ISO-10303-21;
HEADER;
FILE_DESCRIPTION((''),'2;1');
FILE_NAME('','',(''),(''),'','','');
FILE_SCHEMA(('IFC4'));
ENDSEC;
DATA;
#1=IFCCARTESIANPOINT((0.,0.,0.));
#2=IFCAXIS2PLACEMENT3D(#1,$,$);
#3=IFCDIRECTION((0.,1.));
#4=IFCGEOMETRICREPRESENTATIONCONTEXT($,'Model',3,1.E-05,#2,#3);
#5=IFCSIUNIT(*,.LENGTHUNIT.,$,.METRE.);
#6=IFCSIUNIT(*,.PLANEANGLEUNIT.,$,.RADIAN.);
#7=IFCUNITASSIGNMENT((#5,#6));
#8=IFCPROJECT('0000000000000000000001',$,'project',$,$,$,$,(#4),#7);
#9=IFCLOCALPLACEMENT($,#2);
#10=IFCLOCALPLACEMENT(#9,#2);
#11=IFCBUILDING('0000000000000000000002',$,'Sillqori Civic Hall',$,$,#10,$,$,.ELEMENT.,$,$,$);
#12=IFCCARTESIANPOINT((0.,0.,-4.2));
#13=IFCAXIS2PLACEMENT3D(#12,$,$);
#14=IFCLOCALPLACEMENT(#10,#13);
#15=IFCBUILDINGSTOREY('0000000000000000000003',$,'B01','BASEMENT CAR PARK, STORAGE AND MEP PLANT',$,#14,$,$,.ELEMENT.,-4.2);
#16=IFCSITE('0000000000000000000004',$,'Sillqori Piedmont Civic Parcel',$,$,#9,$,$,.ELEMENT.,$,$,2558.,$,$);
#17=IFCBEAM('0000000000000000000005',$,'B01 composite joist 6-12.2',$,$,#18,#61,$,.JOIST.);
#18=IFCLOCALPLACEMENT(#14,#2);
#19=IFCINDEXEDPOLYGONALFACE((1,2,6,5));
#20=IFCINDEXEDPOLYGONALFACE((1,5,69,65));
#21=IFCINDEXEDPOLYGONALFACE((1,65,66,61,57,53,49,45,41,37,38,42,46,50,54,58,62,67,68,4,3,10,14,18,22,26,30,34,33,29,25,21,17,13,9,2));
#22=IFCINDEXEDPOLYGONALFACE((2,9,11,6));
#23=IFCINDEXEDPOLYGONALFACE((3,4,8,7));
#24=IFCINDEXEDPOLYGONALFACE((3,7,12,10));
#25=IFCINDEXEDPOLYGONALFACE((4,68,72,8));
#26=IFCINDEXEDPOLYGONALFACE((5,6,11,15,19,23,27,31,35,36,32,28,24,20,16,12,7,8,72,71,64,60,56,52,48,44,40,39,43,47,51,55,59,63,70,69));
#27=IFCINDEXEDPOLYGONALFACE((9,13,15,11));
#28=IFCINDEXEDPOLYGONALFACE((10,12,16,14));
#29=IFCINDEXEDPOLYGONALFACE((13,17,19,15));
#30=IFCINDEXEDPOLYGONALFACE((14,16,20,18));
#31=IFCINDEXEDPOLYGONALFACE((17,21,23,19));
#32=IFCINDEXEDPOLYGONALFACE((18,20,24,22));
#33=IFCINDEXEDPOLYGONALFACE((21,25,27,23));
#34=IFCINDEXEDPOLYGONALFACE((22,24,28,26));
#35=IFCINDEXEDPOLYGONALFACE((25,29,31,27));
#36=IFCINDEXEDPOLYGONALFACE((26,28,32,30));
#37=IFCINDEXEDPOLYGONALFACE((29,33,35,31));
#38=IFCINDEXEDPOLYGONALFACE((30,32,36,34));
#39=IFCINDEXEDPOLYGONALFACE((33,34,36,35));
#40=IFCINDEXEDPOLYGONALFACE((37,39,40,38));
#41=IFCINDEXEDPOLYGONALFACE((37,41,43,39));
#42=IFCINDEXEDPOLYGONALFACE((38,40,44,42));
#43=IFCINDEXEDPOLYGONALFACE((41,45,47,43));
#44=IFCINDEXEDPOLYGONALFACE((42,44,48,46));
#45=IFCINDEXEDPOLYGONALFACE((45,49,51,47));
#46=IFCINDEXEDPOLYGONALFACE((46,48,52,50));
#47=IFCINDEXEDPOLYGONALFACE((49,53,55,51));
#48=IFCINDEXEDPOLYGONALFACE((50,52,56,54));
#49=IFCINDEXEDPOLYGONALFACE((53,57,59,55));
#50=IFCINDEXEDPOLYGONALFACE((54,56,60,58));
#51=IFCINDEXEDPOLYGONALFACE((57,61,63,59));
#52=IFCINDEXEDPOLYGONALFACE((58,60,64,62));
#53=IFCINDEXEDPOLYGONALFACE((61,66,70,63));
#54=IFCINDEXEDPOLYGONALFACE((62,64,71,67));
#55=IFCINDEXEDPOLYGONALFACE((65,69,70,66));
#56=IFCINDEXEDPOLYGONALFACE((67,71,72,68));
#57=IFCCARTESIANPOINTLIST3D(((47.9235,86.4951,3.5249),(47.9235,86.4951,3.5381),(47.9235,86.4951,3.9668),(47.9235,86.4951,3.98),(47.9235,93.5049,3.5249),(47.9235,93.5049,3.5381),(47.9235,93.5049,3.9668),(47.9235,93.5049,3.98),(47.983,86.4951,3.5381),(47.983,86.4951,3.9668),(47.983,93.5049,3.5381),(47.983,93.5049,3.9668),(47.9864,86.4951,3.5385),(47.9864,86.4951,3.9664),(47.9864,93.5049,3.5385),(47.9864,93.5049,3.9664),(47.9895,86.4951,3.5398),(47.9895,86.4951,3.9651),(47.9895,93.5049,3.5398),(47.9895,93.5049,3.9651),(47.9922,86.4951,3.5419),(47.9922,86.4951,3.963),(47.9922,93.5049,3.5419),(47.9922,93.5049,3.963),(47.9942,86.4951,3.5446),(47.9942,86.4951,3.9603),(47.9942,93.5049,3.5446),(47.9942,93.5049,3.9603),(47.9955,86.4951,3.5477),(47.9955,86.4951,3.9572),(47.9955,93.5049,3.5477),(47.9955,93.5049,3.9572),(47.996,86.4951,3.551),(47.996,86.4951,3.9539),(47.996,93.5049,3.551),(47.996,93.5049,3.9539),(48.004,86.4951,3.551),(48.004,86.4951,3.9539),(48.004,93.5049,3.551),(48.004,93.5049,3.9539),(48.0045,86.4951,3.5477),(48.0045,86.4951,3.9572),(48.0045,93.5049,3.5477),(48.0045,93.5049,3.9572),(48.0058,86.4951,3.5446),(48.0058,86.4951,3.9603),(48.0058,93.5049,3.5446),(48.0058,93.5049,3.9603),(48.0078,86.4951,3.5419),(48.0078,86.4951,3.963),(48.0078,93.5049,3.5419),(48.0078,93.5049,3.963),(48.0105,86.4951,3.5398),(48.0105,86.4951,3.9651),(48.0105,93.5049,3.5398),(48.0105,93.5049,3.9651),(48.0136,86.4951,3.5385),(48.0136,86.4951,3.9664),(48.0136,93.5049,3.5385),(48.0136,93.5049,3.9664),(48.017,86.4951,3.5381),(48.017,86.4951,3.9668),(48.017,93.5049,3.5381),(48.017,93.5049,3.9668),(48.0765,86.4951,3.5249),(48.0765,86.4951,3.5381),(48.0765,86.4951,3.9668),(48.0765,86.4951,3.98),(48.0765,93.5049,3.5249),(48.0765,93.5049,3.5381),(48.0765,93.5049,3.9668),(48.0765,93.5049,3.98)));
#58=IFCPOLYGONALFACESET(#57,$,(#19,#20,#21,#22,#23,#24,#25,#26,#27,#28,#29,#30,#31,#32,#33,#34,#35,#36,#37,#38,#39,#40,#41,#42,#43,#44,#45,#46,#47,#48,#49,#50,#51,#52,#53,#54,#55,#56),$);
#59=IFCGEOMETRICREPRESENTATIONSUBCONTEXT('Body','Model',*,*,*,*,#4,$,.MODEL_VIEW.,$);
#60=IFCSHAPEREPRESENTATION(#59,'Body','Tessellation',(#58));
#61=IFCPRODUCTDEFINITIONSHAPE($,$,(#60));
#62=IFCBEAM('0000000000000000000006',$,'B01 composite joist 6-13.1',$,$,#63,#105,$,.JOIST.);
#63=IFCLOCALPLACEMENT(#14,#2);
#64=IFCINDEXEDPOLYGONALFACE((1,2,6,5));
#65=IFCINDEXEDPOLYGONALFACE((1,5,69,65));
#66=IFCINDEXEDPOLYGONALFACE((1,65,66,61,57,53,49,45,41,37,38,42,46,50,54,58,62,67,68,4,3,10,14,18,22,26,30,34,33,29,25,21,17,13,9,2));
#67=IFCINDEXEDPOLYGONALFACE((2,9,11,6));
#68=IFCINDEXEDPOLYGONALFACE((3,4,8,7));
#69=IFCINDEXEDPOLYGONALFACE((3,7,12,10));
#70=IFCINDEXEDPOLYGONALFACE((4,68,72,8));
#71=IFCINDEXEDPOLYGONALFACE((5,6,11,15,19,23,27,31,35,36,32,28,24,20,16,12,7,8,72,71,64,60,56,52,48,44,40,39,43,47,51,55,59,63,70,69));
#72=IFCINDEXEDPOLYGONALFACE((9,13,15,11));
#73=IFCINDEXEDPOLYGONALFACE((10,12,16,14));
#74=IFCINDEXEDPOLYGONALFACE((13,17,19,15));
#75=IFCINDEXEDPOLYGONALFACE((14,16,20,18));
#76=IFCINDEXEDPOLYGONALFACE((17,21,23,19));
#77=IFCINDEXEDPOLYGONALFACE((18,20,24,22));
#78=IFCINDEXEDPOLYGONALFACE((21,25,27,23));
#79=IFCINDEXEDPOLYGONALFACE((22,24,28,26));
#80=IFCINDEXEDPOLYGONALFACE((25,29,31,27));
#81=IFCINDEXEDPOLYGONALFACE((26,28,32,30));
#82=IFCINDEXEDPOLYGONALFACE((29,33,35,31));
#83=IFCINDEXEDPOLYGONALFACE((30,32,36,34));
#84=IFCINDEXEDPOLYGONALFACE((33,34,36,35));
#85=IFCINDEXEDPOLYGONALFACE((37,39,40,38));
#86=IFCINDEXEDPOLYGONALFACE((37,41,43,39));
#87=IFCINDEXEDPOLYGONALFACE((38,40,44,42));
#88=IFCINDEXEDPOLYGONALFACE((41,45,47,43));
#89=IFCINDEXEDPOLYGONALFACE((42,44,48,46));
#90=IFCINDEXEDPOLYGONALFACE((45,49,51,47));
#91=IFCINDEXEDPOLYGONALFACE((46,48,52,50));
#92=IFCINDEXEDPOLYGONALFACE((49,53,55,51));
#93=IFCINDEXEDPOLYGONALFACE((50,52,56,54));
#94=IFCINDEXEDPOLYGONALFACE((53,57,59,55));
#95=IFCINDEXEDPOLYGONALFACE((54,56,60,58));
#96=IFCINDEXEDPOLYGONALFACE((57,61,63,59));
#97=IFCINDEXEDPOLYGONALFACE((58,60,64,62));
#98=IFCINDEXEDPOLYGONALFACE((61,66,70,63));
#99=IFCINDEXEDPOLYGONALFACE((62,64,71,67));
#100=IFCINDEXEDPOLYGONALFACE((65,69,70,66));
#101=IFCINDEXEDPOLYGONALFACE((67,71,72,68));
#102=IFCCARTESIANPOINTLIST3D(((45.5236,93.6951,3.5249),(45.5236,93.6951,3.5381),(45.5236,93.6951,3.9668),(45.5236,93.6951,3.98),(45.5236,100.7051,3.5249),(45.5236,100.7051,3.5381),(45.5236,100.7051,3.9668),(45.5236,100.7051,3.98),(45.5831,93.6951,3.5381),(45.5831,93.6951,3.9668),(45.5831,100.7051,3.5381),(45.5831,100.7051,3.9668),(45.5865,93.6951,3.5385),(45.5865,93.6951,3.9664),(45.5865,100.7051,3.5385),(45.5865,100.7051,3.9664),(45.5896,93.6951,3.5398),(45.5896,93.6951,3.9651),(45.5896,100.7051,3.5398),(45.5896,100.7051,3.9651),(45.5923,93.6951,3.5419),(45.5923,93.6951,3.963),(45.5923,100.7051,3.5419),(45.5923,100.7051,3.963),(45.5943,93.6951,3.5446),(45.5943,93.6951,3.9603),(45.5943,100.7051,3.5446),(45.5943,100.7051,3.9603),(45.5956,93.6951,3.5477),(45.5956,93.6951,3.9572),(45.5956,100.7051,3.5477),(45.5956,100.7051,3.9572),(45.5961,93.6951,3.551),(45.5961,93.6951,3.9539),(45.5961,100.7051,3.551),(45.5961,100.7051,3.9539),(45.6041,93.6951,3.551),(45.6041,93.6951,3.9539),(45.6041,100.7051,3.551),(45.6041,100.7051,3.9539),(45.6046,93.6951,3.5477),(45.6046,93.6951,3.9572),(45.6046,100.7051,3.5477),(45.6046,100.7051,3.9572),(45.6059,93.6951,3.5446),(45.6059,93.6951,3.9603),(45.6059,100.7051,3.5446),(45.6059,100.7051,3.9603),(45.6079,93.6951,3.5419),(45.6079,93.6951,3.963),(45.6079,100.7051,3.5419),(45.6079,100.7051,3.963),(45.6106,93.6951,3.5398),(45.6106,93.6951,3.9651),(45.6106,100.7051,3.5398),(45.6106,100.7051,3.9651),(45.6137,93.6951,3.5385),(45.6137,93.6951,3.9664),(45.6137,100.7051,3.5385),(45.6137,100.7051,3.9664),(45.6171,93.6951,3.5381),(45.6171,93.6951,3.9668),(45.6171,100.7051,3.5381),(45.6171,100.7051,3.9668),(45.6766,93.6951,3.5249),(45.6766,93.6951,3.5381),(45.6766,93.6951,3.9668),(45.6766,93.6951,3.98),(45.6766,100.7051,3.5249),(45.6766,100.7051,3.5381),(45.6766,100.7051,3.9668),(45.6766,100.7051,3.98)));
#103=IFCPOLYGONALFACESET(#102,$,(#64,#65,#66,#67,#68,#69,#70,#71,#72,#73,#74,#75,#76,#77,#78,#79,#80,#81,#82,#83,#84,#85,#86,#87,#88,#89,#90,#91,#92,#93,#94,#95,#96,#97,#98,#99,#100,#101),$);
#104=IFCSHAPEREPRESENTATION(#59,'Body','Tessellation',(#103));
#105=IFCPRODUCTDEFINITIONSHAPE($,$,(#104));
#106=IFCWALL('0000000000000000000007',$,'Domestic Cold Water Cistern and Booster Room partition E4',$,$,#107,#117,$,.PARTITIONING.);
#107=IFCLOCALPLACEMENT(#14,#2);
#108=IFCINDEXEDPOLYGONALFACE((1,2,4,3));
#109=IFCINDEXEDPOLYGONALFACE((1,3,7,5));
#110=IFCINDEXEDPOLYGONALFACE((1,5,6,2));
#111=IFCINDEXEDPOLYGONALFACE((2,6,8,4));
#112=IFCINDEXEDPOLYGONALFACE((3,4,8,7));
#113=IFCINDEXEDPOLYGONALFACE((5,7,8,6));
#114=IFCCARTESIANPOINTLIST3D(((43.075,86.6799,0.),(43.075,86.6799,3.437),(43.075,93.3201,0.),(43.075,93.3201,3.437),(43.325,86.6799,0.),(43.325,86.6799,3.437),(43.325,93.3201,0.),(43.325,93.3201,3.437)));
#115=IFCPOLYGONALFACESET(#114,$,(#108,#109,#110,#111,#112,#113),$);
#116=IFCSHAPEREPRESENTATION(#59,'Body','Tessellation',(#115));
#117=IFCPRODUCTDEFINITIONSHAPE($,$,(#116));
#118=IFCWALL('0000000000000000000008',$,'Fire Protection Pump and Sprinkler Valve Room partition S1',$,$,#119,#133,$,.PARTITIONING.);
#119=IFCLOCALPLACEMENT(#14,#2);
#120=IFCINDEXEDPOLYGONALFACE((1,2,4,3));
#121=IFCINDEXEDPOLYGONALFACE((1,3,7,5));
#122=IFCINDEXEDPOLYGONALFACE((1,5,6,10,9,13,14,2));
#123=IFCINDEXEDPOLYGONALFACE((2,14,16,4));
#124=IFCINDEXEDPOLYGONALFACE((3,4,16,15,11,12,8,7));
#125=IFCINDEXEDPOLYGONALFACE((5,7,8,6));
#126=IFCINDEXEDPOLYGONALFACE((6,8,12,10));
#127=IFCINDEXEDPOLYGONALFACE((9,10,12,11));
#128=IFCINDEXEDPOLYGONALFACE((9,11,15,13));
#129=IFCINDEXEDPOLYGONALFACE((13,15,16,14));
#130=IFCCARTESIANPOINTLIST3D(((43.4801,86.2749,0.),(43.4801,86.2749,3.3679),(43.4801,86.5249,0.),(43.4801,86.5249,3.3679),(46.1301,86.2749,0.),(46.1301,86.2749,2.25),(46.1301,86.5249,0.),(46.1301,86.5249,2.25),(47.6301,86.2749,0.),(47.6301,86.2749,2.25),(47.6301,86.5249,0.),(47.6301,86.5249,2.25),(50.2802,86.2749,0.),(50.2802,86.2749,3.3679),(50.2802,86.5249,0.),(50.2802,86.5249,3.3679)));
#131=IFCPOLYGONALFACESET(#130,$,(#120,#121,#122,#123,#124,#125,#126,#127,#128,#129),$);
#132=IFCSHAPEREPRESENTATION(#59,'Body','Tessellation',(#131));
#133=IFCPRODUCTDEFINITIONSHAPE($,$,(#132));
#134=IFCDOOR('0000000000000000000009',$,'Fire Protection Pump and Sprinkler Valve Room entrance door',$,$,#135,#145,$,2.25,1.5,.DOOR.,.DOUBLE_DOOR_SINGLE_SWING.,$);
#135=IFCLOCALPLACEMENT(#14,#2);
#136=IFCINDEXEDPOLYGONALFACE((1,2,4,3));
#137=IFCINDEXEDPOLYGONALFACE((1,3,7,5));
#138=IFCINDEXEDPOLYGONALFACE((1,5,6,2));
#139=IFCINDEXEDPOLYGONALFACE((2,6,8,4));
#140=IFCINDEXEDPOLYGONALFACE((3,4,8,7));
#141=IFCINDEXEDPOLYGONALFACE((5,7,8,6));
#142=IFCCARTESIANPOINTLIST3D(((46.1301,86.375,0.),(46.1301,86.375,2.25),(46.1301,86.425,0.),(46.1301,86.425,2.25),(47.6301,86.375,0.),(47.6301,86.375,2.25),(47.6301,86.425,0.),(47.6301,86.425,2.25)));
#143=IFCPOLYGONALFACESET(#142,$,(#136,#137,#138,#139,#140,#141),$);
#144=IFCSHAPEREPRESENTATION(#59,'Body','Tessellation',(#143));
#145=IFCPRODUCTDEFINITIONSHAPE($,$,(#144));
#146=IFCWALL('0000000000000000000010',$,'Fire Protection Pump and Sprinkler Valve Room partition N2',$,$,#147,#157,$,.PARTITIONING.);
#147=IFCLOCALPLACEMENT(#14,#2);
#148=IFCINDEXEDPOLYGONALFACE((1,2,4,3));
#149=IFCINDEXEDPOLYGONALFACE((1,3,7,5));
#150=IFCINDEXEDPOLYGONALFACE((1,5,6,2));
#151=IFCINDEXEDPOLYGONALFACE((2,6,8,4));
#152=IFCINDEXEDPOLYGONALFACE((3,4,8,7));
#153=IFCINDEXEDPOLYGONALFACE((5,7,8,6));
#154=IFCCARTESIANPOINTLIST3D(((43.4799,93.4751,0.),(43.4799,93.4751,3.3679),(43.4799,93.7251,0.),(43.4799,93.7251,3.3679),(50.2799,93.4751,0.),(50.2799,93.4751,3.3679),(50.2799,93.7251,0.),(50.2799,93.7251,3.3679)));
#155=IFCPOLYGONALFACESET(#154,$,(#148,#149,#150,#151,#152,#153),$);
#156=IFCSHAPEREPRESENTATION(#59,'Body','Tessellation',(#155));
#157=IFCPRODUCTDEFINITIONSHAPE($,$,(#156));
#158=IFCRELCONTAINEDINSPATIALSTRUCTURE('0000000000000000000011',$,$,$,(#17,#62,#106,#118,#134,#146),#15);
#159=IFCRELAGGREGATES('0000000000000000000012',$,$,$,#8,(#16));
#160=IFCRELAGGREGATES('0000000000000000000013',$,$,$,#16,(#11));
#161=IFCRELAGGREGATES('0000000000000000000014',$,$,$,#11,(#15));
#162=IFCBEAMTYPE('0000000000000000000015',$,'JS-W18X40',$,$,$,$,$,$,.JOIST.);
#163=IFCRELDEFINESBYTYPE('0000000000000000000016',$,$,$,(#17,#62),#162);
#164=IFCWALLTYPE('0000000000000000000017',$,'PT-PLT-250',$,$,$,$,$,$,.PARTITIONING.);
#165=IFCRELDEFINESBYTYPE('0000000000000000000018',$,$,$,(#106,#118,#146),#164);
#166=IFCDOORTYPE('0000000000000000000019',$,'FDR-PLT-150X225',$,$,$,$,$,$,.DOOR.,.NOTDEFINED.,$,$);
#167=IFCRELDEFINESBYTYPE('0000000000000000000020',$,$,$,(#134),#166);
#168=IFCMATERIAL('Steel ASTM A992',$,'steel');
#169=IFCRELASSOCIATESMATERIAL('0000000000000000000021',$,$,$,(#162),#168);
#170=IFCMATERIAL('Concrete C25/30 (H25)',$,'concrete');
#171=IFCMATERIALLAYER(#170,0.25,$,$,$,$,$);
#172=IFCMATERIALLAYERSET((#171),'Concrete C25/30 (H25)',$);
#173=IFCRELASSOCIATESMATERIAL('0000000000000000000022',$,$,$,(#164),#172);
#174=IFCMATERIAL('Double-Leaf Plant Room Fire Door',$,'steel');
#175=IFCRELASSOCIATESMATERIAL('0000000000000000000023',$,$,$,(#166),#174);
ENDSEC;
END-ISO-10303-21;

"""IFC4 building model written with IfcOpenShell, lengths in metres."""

from ifc_helpers import new_model, si_unit, direction, frame, frame_2d, origin, origin_2d, place, context, subcontext, project, spatial, rectangle, i_section, extrude, material, layer, layer_set, material_profile, profile_set, type_object, element, fill, save


model = new_model("IFC4")

# Units and contexts
model_context = context("Model", 3, precision=1e-05, world=origin(), true_north=direction((0.0, 1.0)))
body_context = subcontext(model_context, "Body", "Model", "MODEL_VIEW")
ifc_project = project(units=[si_unit("LENGTHUNIT", "METRE"), si_unit("PLANEANGLEUNIT", "RADIAN")], contexts=[model_context])

# Site, building, storey
site_placement = place(None, origin())
site = spatial("IfcSite", under=ifc_project, at=site_placement, Name="Sillqori Piedmont Civic Parcel", CompositionType="ELEMENT", RefElevation=2558.0)
building_placement = place(site_placement, origin())
building = spatial("IfcBuilding", under=site, at=building_placement, Name="Sillqori Civic Hall", CompositionType="ELEMENT")
storey_placement = place(building_placement, frame((0.0, 0.0, -4.2)))
storey = spatial("IfcBuildingStorey", under=building, at=storey_placement, Name="B01", Description="BASEMENT CAR PARK, STORAGE AND MEP PLANT", CompositionType="ELEMENT", Elevation=-4.2)

# Shared definitions
ifc_material_1 = material(Name="Steel ASTM A992", Category="steel")

# Beams
ifc_material_profile_1 = material_profile(ifc_material_1, i_section(OverallWidth=0.1531, OverallDepth=0.4551, WebThickness=0.0081, FlangeThickness=0.0132, FilletRadius=0.0129, at=origin_2d()), Name="W18X40")
ifc_profile_set_1 = profile_set([ifc_material_profile_1], Name="Steel ASTM A992")
beam_type_1 = type_object("IfcBeamType", Name="JS-W18X40", PredefinedType="JOIST", material=ifc_profile_set_1)
for number, where, z_axis, x_axis, name in (
    (1, (48.0, 86.4951, 3.7524), (0.0, 1.0, 0.0), (-1.0, 0.0, 0.0), "B01 composite joist 6-12.2"),
):
    element("IfcBeam", number, at=place(storey_placement, frame(where, z_axis=z_axis, x_axis=x_axis)), inside=storey, type_object=beam_type_1, Name=name, PredefinedType="JOIST", context=body_context, shape_type="SweptSolid", body=[
        extrude(i_section(OverallWidth=0.1531, OverallDepth=0.4551, WebThickness=0.0081, FlangeThickness=0.0132, FilletRadius=0.0129, at=origin_2d()), origin(), (0.0, 0.0, 1.0), 7.0098),
    ])
beam_1_placement = place(storey_placement, frame((45.6001, 93.6951, 3.7524), z_axis=(0.0, 1.0, 0.0), x_axis=(-1.0, 0.0, 0.0)))
element("IfcBeam", 2, at=beam_1_placement, inside=storey, type_object=beam_type_1, Name="B01 composite joist 6-13.1", PredefinedType="JOIST", context=body_context, shape_type="SweptSolid", body=[
    extrude(i_section(OverallWidth=0.1531, OverallDepth=0.4551, WebThickness=0.0081, FlangeThickness=0.0132, FilletRadius=0.0129, at=origin_2d()), origin(), (0.0, 0.0, 1.0), 7.01),
])

# Wall
ifc_material_2 = material(Name="Concrete C25/30 (H25)", Category="concrete")
ifc_layer = layer(ifc_material_2, 0.25)
ifc_layer_set = layer_set([ifc_layer], Name="Concrete C25/30 (H25)")
wall_type = type_object("IfcWallType", Name="PT-PLT-250", PredefinedType="PARTITIONING", material=ifc_layer_set)
wall_1_placement = place(storey_placement, frame((43.2, 93.3201, 0.0), z_axis=(0.0, 0.0, 1.0), x_axis=(0.0, -1.0, 0.0)))
element("IfcWall", 3, at=wall_1_placement, inside=storey, type_object=wall_type, Name="Domestic Cold Water Cistern and Booster Room partition E4", PredefinedType="PARTITIONING", context=body_context, shape_type="SweptSolid", body=[
    extrude(rectangle(XDim=6.6401, YDim=0.25, at=frame_2d((3.3201, 0.0))), origin(), (0.0, 0.0, 1.0), 3.437),
])

# Wall, opening, door
wall_2_placement = place(storey_placement, frame((50.28, 86.3999, 0.0), z_axis=(0.0, 0.0, 1.0), x_axis=(-1.0, 0.0, 0.0)))
wall_2 = element("IfcWall", 4, at=wall_2_placement, inside=storey, type_object=wall_type, Name="Fire Protection Pump and Sprinkler Valve Room partition S1", PredefinedType="PARTITIONING", context=body_context, shape_type="SweptSolid", body=[
    extrude(rectangle(XDim=6.8, YDim=0.25, at=frame_2d((3.3999, 0.0))), origin(), (0.0, 0.0, 1.0), 3.3679),
])
opening_placement = place(wall_2_placement, frame((2.6499, 0.0, 0.0)))
opening = element("IfcOpeningElement", 5, at=opening_placement, cuts=wall_2, PredefinedType="OPENING", context=body_context, shape_type="SweptSolid", body=[
    extrude(rectangle(XDim=1.5, YDim=2.25, at=frame_2d((0.75, 1.125))), frame((0.0, 0.135, 0.0), z_axis=(0.0, -1.0, 0.0), x_axis=(1.0, 0.0, 0.0)), (0.0, 0.0, 1.0), 0.27),
])
ifc_material_3 = material(Name="Double-Leaf Plant Room Fire Door", Category="steel")
door_type = type_object("IfcDoorType", Name="FDR-PLT-150X225", OperationType="NOTDEFINED", PredefinedType="DOOR", material=ifc_material_3)
door_placement = place(opening_placement, origin())
door = element("IfcDoor", 6, at=door_placement, inside=storey, type_object=door_type, Name="Fire Protection Pump and Sprinkler Valve Room entrance door", OperationType="DOUBLE_DOOR_SINGLE_SWING", OverallHeight=2.25, OverallWidth=1.5, PredefinedType="DOOR", context=body_context, shape_type="SweptSolid", body=[
    extrude(rectangle(XDim=1.5, YDim=2.25, at=frame_2d((0.75, 1.125))), frame((0.0, 0.0249, 0.0), z_axis=(0.0, -1.0, 0.0), x_axis=(1.0, 0.0, 0.0)), (0.0, 0.0, 1.0), 0.05),
])
fill(opening, door)

# Wall
wall_3_placement = place(storey_placement, frame((43.48, 93.6001, 0.0), z_axis=(0.0, 0.0, 1.0), x_axis=(1.0, 0.0, 0.0)))
element("IfcWall", 7, at=wall_3_placement, inside=storey, type_object=wall_type, Name="Fire Protection Pump and Sprinkler Valve Room partition N2", PredefinedType="PARTITIONING", context=body_context, shape_type="SweptSolid", body=[
    extrude(rectangle(XDim=6.8, YDim=0.25, at=frame_2d((3.3999, 0.0))), origin(), (0.0, 0.0, 1.0), 3.3679),
])

save(model, "model.ifc")
